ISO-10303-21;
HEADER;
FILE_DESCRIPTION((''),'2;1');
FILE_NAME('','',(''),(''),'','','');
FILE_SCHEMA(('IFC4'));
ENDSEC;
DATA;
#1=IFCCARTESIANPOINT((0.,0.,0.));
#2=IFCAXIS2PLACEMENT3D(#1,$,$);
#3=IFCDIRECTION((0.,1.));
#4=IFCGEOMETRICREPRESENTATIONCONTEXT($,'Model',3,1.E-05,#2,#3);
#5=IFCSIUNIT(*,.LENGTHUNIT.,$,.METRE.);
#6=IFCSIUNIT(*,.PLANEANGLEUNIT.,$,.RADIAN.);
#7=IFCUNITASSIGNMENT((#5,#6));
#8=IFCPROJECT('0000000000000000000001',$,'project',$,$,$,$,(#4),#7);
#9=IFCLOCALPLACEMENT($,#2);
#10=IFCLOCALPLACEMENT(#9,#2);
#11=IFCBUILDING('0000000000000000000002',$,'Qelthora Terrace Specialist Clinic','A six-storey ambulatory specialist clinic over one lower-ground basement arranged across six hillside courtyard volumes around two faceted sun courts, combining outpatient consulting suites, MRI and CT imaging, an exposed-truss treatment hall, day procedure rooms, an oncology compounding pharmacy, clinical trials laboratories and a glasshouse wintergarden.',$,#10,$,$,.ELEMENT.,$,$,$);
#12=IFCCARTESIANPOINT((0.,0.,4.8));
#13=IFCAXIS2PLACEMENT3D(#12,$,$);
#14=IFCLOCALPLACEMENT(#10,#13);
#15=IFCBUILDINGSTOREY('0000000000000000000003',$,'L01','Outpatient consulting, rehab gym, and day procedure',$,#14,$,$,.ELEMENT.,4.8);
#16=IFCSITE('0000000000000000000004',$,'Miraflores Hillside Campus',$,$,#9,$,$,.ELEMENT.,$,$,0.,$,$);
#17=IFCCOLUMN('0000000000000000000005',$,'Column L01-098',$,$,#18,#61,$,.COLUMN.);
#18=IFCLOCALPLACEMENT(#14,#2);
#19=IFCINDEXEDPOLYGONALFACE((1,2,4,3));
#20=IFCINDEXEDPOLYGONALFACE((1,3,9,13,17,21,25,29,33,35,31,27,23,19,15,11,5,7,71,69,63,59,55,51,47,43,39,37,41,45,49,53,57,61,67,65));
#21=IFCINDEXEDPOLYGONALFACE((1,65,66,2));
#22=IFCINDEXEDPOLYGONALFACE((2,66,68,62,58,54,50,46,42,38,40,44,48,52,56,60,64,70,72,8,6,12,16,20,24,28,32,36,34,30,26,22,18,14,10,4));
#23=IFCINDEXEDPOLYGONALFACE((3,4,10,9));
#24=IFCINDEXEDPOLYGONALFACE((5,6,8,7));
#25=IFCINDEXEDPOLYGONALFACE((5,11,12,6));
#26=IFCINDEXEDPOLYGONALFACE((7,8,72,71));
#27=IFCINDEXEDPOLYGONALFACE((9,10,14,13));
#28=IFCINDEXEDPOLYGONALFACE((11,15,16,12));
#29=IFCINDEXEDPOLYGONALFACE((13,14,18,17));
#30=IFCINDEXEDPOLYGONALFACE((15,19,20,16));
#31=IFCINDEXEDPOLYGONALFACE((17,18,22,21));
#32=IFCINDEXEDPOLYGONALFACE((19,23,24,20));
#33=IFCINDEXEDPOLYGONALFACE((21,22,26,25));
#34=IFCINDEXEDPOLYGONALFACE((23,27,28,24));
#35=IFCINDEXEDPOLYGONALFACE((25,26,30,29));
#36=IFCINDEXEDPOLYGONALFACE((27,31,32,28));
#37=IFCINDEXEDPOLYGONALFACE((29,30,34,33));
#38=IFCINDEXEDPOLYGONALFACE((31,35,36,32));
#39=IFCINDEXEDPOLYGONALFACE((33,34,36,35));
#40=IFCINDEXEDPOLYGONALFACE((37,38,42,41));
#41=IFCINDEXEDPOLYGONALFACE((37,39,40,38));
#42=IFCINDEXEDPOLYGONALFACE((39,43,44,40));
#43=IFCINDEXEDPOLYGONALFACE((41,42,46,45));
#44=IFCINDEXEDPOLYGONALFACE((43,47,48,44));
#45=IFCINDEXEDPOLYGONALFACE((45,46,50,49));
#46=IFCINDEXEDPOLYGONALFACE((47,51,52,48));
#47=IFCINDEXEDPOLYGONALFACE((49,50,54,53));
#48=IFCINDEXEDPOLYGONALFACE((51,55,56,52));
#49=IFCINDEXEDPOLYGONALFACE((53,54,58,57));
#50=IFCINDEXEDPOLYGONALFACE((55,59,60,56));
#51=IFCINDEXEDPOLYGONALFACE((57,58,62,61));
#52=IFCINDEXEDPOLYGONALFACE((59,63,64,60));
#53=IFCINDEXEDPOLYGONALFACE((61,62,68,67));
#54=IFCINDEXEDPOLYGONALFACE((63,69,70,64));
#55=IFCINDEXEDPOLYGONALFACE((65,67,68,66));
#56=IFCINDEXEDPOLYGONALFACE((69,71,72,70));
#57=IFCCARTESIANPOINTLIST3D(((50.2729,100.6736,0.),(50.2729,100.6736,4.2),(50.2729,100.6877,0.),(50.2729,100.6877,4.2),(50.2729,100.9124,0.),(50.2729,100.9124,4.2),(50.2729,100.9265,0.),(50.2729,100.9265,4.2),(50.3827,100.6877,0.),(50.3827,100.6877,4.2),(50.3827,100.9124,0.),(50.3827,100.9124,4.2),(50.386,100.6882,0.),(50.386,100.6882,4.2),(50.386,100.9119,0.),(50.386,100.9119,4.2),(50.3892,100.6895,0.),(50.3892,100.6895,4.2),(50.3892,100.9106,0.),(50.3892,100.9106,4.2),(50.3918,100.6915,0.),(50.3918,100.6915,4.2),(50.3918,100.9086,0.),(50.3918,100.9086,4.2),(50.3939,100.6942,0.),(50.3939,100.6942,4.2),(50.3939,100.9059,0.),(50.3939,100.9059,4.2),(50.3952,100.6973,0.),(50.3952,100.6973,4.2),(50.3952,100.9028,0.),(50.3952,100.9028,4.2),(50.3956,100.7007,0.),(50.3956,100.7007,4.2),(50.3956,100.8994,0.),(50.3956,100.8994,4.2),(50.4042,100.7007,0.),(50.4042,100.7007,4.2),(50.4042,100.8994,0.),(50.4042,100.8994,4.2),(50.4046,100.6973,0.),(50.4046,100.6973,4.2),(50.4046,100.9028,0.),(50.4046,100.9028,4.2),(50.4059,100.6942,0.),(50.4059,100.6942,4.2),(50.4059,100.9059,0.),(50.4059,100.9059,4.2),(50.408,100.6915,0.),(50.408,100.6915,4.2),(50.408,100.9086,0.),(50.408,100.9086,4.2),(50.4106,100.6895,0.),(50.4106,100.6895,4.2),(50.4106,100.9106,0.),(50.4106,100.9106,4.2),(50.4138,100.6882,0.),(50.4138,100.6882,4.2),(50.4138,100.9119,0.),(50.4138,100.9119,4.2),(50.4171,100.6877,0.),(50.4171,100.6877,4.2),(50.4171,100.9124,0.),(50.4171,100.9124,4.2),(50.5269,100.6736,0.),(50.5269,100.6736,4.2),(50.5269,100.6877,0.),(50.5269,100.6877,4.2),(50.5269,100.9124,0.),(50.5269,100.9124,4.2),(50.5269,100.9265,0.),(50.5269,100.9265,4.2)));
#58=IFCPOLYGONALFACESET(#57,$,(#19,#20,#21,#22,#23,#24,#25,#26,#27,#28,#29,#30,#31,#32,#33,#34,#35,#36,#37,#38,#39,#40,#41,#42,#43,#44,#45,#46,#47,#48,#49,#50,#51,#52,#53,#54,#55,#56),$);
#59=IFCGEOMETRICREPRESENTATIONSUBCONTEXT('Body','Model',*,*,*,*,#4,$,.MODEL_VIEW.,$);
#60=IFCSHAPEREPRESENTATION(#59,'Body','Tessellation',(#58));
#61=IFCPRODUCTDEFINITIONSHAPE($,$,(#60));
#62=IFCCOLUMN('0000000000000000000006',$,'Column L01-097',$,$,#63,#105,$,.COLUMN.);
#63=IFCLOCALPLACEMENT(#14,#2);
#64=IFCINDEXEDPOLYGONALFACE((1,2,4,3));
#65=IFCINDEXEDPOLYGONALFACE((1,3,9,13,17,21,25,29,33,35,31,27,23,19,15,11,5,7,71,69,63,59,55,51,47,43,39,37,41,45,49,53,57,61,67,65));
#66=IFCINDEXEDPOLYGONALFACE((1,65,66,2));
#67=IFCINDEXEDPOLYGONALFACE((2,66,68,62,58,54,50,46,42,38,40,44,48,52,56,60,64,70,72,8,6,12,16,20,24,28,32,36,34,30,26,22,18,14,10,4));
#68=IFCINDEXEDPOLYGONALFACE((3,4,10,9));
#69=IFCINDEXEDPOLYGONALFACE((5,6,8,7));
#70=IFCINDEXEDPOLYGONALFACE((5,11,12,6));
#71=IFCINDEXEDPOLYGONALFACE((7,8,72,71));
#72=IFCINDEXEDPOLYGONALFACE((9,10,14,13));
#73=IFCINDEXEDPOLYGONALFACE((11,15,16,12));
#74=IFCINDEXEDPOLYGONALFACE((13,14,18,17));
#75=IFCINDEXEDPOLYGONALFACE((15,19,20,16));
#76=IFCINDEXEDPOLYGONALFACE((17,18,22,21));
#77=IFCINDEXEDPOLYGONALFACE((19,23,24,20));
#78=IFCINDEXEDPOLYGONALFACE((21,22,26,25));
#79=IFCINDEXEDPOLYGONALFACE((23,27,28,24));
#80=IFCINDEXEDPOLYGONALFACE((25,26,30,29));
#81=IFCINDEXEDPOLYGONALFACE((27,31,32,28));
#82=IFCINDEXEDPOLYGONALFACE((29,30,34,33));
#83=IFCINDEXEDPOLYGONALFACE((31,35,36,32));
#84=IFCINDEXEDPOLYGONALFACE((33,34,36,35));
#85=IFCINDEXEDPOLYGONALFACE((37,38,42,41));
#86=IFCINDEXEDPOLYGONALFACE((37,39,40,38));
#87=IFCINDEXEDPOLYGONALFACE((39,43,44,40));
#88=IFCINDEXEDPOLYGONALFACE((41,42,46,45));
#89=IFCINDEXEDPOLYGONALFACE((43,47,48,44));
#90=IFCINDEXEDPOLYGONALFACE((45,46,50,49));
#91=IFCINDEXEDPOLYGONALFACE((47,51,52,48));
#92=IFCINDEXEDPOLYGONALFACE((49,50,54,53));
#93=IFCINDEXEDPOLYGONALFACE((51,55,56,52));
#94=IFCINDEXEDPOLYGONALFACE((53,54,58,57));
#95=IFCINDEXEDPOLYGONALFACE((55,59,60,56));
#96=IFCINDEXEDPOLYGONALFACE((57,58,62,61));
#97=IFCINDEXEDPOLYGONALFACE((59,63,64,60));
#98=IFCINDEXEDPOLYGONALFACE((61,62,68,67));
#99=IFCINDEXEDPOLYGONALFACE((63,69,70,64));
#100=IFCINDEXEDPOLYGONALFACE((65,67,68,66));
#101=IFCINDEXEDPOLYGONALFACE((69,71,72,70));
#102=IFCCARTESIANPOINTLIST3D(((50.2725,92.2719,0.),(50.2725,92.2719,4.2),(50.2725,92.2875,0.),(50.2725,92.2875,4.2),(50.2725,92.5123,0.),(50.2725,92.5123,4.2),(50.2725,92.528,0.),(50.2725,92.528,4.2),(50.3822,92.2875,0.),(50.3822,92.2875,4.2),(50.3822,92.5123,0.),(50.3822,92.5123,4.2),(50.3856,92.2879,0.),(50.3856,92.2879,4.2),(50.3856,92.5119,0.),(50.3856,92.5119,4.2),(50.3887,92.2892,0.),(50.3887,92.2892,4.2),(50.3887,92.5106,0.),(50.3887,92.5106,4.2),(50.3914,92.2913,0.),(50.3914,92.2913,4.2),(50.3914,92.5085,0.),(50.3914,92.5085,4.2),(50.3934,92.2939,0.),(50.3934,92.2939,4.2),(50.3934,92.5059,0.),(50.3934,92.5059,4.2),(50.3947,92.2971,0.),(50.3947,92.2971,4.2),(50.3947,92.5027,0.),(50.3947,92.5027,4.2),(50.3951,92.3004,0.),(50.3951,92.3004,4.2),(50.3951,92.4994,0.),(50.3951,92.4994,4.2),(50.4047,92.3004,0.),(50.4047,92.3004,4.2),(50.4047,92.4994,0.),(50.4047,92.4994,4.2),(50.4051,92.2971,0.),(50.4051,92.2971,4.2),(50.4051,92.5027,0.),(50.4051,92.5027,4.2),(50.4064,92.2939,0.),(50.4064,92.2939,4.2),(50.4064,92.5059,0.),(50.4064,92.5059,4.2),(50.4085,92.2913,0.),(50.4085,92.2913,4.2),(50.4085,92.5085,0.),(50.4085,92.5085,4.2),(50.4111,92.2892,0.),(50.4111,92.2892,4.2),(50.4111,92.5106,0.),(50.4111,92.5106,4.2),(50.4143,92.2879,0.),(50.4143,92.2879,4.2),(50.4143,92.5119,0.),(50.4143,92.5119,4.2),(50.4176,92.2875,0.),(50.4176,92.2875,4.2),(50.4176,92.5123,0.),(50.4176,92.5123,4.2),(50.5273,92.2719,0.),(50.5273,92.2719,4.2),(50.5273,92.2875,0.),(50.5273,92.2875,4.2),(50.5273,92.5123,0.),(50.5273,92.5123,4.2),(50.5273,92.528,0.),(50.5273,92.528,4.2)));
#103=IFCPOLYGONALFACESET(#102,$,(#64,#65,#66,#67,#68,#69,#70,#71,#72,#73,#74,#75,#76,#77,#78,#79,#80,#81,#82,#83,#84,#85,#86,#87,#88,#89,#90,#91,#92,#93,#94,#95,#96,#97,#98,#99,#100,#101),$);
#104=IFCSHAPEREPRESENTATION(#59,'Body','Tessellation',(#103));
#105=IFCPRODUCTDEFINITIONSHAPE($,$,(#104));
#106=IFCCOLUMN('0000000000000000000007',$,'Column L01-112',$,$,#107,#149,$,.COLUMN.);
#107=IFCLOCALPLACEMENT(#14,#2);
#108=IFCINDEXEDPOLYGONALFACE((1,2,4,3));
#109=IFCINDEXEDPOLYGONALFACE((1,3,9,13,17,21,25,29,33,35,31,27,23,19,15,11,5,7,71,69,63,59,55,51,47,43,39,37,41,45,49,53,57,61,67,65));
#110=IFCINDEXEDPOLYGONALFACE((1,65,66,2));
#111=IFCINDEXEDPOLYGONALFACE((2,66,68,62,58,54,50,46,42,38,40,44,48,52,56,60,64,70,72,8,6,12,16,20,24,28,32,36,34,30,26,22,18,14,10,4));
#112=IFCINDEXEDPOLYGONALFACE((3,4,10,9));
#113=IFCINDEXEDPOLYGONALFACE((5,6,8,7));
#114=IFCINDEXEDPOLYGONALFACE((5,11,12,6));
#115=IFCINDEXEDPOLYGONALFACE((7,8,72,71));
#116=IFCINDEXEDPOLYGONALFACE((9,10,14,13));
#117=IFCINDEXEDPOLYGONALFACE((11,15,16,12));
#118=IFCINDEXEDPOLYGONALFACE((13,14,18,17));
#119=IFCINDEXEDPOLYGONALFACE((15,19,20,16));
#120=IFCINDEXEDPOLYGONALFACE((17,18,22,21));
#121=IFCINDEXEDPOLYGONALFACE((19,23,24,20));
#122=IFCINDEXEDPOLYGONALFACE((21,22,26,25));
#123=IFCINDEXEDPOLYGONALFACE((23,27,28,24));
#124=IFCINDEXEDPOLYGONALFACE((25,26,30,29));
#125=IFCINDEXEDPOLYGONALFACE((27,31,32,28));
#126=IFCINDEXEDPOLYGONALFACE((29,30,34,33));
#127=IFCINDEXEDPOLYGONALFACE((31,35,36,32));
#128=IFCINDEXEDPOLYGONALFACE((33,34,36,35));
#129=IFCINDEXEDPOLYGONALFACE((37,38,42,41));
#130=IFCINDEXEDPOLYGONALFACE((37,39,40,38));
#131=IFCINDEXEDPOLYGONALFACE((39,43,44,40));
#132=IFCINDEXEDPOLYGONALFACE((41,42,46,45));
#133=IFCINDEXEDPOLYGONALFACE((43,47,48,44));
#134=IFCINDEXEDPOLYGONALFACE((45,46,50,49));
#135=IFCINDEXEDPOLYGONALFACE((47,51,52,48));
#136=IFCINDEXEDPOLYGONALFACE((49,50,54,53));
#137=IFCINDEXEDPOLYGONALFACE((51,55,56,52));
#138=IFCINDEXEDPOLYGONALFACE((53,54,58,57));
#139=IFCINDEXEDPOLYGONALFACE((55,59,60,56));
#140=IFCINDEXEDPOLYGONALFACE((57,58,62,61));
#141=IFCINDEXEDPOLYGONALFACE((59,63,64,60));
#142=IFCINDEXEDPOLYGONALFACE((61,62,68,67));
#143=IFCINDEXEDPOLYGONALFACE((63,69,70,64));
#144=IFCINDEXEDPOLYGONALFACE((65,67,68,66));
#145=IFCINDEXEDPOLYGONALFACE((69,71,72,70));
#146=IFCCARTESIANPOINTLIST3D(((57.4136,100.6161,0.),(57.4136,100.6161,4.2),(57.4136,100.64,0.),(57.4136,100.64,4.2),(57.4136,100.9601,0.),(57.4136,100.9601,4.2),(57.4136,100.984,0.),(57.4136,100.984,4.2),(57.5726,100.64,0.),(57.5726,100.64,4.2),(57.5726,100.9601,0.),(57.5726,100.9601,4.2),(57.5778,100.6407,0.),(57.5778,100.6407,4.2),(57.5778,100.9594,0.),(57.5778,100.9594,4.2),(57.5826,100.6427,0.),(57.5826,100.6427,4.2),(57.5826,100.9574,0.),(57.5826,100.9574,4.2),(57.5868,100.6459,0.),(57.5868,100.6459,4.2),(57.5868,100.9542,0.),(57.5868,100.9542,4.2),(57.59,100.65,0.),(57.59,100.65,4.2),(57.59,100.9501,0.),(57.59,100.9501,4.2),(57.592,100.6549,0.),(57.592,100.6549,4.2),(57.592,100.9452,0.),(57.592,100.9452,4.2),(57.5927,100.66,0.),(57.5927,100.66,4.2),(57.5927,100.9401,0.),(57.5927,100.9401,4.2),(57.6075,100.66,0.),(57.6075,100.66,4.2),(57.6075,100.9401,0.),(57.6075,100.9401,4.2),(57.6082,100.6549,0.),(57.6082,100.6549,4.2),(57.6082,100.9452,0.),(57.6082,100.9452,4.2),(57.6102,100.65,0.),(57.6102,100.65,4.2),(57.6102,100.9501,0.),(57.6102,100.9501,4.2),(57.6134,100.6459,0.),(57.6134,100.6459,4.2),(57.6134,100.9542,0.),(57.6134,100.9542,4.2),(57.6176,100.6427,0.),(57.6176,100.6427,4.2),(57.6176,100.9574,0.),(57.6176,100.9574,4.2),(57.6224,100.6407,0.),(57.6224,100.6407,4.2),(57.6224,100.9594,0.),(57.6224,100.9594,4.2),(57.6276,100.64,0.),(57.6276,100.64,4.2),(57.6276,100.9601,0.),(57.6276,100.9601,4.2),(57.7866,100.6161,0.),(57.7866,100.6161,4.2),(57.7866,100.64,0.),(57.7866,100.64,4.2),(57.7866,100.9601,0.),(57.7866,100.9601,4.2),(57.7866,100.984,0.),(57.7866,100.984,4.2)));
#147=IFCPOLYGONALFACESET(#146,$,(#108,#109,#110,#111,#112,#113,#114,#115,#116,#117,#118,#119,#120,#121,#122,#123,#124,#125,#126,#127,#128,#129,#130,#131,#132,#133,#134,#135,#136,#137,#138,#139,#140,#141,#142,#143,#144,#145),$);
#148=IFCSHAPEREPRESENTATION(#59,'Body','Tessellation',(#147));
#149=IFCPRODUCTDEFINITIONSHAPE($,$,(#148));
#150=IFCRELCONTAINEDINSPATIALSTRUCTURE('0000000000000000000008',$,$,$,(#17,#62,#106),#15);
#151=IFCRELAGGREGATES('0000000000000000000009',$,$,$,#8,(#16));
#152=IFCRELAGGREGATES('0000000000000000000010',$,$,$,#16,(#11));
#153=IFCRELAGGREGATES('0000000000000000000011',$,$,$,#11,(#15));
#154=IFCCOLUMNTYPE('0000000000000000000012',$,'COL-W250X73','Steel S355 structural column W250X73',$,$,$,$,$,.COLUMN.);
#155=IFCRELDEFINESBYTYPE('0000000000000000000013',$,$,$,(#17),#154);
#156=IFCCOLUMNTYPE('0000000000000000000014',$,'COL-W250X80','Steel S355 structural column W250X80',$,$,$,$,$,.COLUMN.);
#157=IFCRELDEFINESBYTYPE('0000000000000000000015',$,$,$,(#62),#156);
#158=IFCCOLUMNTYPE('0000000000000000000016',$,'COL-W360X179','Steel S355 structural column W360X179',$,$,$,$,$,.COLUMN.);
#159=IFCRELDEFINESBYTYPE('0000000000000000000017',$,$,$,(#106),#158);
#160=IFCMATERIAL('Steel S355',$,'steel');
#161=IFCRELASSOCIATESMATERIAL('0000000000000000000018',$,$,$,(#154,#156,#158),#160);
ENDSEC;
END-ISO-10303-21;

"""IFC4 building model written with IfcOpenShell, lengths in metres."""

from ifc_helpers import new_model, si_unit, direction, frame, origin, origin_2d, place, context, subcontext, project, spatial, i_section, extrude, material, material_profile, profile_set, type_object, element, save


model = new_model("IFC4")

# Units and contexts
model_context = context("Model", 3, precision=1e-05, world=origin(), true_north=direction((0.0, 1.0)))
body_context = subcontext(model_context, "Body", "Model", "MODEL_VIEW")
ifc_project = project(units=[si_unit("LENGTHUNIT", "METRE"), si_unit("PLANEANGLEUNIT", "RADIAN")], contexts=[model_context])

# Site, building, storey
site_placement = place(None, origin())
site = spatial("IfcSite", under=ifc_project, at=site_placement, Name="Miraflores Hillside Campus", CompositionType="ELEMENT", RefElevation=0.0)
building_placement = place(site_placement, origin())
building = spatial("IfcBuilding", under=site, at=building_placement, Name="Qelthora Terrace Specialist Clinic", Description="A six-storey ambulatory specialist clinic over one lower-ground basement arranged across six hillside courtyard volumes around two faceted sun courts, combining outpatient consulting suites, MRI and CT imaging, an exposed-truss treatment hall, day procedure rooms, an oncology compounding pharmacy, clinical trials laboratories and a glasshouse wintergarden.", CompositionType="ELEMENT")
storey_placement = place(building_placement, frame((0.0, 0.0, 4.8)))
storey = spatial("IfcBuildingStorey", under=building, at=storey_placement, Name="L01", Description="Outpatient consulting, rehab gym, and day procedure", CompositionType="ELEMENT", Elevation=4.8)

# Columns
ifc_material_1 = material(Name="Steel S355", Category="steel")
ifc_material_profile_1 = material_profile(ifc_material_1, i_section(OverallWidth=0.2539, OverallDepth=0.2529, WebThickness=0.0085, FlangeThickness=0.0142, FilletRadius=0.0129, at=origin_2d()), Name="W250X73")
ifc_profile_set_1 = profile_set([ifc_material_profile_1], Name="Steel S355")
column_type_1 = type_object("IfcColumnType", Name="COL-W250X73", Description="Steel S355 structural column W250X73", PredefinedType="COLUMN", material=ifc_profile_set_1)
column_1_placement = place(storey_placement, frame((50.3999, 100.8, 0.0), z_axis=(0.0, 0.0, 1.0), x_axis=(1.0, 0.0, 0.0)))
element("IfcColumn", 1, at=column_1_placement, inside=storey, type_object=column_type_1, Name="Column L01-098", PredefinedType="COLUMN", context=body_context, shape_type="SweptSolid", body=[
    extrude(i_section(OverallWidth=0.2539, OverallDepth=0.2529, WebThickness=0.0085, FlangeThickness=0.0142, FilletRadius=0.0129, at=origin_2d()), origin(), (0.0, 0.0, 1.0), 4.2),
])
ifc_material_profile_2 = material_profile(ifc_material_1, i_section(OverallWidth=0.2549, OverallDepth=0.2561, WebThickness=0.0095, FlangeThickness=0.0156, FilletRadius=0.0129, at=origin_2d()), Name="W250X80")
ifc_profile_set_2 = profile_set([ifc_material_profile_2], Name="Steel S355")
column_type_2 = type_object("IfcColumnType", Name="COL-W250X80", Description="Steel S355 structural column W250X80", PredefinedType="COLUMN", material=ifc_profile_set_2)
column_2_placement = place(storey_placement, frame((50.3999, 92.3999, 0.0), z_axis=(0.0, 0.0, 1.0), x_axis=(1.0, 0.0, 0.0)))
element("IfcColumn", 2, at=column_2_placement, inside=storey, type_object=column_type_2, Name="Column L01-097", PredefinedType="COLUMN", context=body_context, shape_type="SweptSolid", body=[
    extrude(i_section(OverallWidth=0.2549, OverallDepth=0.2561, WebThickness=0.0095, FlangeThickness=0.0156, FilletRadius=0.0129, at=origin_2d()), origin(), (0.0, 0.0, 1.0), 4.2),
])
ifc_material_profile_3 = material_profile(ifc_material_1, i_section(OverallWidth=0.373, OverallDepth=0.3679, WebThickness=0.0149, FlangeThickness=0.0239, FilletRadius=0.02, at=origin_2d()), Name="W360X179")
ifc_profile_set_3 = profile_set([ifc_material_profile_3], Name="Steel S355")
column_type_3 = type_object("IfcColumnType", Name="COL-W360X179", Description="Steel S355 structural column W360X179", PredefinedType="COLUMN", material=ifc_profile_set_3)
column_3_placement = place(storey_placement, frame((57.6001, 100.8, 0.0), z_axis=(0.0, 0.0, 1.0), x_axis=(1.0, 0.0, 0.0)))
element("IfcColumn", 3, at=column_3_placement, inside=storey, type_object=column_type_3, Name="Column L01-112", PredefinedType="COLUMN", context=body_context, shape_type="SweptSolid", body=[
    extrude(i_section(OverallWidth=0.373, OverallDepth=0.3679, WebThickness=0.0149, FlangeThickness=0.0239, FilletRadius=0.02, at=origin_2d()), origin(), (0.0, 0.0, 1.0), 4.2),
])

save(model, "model.ifc")
